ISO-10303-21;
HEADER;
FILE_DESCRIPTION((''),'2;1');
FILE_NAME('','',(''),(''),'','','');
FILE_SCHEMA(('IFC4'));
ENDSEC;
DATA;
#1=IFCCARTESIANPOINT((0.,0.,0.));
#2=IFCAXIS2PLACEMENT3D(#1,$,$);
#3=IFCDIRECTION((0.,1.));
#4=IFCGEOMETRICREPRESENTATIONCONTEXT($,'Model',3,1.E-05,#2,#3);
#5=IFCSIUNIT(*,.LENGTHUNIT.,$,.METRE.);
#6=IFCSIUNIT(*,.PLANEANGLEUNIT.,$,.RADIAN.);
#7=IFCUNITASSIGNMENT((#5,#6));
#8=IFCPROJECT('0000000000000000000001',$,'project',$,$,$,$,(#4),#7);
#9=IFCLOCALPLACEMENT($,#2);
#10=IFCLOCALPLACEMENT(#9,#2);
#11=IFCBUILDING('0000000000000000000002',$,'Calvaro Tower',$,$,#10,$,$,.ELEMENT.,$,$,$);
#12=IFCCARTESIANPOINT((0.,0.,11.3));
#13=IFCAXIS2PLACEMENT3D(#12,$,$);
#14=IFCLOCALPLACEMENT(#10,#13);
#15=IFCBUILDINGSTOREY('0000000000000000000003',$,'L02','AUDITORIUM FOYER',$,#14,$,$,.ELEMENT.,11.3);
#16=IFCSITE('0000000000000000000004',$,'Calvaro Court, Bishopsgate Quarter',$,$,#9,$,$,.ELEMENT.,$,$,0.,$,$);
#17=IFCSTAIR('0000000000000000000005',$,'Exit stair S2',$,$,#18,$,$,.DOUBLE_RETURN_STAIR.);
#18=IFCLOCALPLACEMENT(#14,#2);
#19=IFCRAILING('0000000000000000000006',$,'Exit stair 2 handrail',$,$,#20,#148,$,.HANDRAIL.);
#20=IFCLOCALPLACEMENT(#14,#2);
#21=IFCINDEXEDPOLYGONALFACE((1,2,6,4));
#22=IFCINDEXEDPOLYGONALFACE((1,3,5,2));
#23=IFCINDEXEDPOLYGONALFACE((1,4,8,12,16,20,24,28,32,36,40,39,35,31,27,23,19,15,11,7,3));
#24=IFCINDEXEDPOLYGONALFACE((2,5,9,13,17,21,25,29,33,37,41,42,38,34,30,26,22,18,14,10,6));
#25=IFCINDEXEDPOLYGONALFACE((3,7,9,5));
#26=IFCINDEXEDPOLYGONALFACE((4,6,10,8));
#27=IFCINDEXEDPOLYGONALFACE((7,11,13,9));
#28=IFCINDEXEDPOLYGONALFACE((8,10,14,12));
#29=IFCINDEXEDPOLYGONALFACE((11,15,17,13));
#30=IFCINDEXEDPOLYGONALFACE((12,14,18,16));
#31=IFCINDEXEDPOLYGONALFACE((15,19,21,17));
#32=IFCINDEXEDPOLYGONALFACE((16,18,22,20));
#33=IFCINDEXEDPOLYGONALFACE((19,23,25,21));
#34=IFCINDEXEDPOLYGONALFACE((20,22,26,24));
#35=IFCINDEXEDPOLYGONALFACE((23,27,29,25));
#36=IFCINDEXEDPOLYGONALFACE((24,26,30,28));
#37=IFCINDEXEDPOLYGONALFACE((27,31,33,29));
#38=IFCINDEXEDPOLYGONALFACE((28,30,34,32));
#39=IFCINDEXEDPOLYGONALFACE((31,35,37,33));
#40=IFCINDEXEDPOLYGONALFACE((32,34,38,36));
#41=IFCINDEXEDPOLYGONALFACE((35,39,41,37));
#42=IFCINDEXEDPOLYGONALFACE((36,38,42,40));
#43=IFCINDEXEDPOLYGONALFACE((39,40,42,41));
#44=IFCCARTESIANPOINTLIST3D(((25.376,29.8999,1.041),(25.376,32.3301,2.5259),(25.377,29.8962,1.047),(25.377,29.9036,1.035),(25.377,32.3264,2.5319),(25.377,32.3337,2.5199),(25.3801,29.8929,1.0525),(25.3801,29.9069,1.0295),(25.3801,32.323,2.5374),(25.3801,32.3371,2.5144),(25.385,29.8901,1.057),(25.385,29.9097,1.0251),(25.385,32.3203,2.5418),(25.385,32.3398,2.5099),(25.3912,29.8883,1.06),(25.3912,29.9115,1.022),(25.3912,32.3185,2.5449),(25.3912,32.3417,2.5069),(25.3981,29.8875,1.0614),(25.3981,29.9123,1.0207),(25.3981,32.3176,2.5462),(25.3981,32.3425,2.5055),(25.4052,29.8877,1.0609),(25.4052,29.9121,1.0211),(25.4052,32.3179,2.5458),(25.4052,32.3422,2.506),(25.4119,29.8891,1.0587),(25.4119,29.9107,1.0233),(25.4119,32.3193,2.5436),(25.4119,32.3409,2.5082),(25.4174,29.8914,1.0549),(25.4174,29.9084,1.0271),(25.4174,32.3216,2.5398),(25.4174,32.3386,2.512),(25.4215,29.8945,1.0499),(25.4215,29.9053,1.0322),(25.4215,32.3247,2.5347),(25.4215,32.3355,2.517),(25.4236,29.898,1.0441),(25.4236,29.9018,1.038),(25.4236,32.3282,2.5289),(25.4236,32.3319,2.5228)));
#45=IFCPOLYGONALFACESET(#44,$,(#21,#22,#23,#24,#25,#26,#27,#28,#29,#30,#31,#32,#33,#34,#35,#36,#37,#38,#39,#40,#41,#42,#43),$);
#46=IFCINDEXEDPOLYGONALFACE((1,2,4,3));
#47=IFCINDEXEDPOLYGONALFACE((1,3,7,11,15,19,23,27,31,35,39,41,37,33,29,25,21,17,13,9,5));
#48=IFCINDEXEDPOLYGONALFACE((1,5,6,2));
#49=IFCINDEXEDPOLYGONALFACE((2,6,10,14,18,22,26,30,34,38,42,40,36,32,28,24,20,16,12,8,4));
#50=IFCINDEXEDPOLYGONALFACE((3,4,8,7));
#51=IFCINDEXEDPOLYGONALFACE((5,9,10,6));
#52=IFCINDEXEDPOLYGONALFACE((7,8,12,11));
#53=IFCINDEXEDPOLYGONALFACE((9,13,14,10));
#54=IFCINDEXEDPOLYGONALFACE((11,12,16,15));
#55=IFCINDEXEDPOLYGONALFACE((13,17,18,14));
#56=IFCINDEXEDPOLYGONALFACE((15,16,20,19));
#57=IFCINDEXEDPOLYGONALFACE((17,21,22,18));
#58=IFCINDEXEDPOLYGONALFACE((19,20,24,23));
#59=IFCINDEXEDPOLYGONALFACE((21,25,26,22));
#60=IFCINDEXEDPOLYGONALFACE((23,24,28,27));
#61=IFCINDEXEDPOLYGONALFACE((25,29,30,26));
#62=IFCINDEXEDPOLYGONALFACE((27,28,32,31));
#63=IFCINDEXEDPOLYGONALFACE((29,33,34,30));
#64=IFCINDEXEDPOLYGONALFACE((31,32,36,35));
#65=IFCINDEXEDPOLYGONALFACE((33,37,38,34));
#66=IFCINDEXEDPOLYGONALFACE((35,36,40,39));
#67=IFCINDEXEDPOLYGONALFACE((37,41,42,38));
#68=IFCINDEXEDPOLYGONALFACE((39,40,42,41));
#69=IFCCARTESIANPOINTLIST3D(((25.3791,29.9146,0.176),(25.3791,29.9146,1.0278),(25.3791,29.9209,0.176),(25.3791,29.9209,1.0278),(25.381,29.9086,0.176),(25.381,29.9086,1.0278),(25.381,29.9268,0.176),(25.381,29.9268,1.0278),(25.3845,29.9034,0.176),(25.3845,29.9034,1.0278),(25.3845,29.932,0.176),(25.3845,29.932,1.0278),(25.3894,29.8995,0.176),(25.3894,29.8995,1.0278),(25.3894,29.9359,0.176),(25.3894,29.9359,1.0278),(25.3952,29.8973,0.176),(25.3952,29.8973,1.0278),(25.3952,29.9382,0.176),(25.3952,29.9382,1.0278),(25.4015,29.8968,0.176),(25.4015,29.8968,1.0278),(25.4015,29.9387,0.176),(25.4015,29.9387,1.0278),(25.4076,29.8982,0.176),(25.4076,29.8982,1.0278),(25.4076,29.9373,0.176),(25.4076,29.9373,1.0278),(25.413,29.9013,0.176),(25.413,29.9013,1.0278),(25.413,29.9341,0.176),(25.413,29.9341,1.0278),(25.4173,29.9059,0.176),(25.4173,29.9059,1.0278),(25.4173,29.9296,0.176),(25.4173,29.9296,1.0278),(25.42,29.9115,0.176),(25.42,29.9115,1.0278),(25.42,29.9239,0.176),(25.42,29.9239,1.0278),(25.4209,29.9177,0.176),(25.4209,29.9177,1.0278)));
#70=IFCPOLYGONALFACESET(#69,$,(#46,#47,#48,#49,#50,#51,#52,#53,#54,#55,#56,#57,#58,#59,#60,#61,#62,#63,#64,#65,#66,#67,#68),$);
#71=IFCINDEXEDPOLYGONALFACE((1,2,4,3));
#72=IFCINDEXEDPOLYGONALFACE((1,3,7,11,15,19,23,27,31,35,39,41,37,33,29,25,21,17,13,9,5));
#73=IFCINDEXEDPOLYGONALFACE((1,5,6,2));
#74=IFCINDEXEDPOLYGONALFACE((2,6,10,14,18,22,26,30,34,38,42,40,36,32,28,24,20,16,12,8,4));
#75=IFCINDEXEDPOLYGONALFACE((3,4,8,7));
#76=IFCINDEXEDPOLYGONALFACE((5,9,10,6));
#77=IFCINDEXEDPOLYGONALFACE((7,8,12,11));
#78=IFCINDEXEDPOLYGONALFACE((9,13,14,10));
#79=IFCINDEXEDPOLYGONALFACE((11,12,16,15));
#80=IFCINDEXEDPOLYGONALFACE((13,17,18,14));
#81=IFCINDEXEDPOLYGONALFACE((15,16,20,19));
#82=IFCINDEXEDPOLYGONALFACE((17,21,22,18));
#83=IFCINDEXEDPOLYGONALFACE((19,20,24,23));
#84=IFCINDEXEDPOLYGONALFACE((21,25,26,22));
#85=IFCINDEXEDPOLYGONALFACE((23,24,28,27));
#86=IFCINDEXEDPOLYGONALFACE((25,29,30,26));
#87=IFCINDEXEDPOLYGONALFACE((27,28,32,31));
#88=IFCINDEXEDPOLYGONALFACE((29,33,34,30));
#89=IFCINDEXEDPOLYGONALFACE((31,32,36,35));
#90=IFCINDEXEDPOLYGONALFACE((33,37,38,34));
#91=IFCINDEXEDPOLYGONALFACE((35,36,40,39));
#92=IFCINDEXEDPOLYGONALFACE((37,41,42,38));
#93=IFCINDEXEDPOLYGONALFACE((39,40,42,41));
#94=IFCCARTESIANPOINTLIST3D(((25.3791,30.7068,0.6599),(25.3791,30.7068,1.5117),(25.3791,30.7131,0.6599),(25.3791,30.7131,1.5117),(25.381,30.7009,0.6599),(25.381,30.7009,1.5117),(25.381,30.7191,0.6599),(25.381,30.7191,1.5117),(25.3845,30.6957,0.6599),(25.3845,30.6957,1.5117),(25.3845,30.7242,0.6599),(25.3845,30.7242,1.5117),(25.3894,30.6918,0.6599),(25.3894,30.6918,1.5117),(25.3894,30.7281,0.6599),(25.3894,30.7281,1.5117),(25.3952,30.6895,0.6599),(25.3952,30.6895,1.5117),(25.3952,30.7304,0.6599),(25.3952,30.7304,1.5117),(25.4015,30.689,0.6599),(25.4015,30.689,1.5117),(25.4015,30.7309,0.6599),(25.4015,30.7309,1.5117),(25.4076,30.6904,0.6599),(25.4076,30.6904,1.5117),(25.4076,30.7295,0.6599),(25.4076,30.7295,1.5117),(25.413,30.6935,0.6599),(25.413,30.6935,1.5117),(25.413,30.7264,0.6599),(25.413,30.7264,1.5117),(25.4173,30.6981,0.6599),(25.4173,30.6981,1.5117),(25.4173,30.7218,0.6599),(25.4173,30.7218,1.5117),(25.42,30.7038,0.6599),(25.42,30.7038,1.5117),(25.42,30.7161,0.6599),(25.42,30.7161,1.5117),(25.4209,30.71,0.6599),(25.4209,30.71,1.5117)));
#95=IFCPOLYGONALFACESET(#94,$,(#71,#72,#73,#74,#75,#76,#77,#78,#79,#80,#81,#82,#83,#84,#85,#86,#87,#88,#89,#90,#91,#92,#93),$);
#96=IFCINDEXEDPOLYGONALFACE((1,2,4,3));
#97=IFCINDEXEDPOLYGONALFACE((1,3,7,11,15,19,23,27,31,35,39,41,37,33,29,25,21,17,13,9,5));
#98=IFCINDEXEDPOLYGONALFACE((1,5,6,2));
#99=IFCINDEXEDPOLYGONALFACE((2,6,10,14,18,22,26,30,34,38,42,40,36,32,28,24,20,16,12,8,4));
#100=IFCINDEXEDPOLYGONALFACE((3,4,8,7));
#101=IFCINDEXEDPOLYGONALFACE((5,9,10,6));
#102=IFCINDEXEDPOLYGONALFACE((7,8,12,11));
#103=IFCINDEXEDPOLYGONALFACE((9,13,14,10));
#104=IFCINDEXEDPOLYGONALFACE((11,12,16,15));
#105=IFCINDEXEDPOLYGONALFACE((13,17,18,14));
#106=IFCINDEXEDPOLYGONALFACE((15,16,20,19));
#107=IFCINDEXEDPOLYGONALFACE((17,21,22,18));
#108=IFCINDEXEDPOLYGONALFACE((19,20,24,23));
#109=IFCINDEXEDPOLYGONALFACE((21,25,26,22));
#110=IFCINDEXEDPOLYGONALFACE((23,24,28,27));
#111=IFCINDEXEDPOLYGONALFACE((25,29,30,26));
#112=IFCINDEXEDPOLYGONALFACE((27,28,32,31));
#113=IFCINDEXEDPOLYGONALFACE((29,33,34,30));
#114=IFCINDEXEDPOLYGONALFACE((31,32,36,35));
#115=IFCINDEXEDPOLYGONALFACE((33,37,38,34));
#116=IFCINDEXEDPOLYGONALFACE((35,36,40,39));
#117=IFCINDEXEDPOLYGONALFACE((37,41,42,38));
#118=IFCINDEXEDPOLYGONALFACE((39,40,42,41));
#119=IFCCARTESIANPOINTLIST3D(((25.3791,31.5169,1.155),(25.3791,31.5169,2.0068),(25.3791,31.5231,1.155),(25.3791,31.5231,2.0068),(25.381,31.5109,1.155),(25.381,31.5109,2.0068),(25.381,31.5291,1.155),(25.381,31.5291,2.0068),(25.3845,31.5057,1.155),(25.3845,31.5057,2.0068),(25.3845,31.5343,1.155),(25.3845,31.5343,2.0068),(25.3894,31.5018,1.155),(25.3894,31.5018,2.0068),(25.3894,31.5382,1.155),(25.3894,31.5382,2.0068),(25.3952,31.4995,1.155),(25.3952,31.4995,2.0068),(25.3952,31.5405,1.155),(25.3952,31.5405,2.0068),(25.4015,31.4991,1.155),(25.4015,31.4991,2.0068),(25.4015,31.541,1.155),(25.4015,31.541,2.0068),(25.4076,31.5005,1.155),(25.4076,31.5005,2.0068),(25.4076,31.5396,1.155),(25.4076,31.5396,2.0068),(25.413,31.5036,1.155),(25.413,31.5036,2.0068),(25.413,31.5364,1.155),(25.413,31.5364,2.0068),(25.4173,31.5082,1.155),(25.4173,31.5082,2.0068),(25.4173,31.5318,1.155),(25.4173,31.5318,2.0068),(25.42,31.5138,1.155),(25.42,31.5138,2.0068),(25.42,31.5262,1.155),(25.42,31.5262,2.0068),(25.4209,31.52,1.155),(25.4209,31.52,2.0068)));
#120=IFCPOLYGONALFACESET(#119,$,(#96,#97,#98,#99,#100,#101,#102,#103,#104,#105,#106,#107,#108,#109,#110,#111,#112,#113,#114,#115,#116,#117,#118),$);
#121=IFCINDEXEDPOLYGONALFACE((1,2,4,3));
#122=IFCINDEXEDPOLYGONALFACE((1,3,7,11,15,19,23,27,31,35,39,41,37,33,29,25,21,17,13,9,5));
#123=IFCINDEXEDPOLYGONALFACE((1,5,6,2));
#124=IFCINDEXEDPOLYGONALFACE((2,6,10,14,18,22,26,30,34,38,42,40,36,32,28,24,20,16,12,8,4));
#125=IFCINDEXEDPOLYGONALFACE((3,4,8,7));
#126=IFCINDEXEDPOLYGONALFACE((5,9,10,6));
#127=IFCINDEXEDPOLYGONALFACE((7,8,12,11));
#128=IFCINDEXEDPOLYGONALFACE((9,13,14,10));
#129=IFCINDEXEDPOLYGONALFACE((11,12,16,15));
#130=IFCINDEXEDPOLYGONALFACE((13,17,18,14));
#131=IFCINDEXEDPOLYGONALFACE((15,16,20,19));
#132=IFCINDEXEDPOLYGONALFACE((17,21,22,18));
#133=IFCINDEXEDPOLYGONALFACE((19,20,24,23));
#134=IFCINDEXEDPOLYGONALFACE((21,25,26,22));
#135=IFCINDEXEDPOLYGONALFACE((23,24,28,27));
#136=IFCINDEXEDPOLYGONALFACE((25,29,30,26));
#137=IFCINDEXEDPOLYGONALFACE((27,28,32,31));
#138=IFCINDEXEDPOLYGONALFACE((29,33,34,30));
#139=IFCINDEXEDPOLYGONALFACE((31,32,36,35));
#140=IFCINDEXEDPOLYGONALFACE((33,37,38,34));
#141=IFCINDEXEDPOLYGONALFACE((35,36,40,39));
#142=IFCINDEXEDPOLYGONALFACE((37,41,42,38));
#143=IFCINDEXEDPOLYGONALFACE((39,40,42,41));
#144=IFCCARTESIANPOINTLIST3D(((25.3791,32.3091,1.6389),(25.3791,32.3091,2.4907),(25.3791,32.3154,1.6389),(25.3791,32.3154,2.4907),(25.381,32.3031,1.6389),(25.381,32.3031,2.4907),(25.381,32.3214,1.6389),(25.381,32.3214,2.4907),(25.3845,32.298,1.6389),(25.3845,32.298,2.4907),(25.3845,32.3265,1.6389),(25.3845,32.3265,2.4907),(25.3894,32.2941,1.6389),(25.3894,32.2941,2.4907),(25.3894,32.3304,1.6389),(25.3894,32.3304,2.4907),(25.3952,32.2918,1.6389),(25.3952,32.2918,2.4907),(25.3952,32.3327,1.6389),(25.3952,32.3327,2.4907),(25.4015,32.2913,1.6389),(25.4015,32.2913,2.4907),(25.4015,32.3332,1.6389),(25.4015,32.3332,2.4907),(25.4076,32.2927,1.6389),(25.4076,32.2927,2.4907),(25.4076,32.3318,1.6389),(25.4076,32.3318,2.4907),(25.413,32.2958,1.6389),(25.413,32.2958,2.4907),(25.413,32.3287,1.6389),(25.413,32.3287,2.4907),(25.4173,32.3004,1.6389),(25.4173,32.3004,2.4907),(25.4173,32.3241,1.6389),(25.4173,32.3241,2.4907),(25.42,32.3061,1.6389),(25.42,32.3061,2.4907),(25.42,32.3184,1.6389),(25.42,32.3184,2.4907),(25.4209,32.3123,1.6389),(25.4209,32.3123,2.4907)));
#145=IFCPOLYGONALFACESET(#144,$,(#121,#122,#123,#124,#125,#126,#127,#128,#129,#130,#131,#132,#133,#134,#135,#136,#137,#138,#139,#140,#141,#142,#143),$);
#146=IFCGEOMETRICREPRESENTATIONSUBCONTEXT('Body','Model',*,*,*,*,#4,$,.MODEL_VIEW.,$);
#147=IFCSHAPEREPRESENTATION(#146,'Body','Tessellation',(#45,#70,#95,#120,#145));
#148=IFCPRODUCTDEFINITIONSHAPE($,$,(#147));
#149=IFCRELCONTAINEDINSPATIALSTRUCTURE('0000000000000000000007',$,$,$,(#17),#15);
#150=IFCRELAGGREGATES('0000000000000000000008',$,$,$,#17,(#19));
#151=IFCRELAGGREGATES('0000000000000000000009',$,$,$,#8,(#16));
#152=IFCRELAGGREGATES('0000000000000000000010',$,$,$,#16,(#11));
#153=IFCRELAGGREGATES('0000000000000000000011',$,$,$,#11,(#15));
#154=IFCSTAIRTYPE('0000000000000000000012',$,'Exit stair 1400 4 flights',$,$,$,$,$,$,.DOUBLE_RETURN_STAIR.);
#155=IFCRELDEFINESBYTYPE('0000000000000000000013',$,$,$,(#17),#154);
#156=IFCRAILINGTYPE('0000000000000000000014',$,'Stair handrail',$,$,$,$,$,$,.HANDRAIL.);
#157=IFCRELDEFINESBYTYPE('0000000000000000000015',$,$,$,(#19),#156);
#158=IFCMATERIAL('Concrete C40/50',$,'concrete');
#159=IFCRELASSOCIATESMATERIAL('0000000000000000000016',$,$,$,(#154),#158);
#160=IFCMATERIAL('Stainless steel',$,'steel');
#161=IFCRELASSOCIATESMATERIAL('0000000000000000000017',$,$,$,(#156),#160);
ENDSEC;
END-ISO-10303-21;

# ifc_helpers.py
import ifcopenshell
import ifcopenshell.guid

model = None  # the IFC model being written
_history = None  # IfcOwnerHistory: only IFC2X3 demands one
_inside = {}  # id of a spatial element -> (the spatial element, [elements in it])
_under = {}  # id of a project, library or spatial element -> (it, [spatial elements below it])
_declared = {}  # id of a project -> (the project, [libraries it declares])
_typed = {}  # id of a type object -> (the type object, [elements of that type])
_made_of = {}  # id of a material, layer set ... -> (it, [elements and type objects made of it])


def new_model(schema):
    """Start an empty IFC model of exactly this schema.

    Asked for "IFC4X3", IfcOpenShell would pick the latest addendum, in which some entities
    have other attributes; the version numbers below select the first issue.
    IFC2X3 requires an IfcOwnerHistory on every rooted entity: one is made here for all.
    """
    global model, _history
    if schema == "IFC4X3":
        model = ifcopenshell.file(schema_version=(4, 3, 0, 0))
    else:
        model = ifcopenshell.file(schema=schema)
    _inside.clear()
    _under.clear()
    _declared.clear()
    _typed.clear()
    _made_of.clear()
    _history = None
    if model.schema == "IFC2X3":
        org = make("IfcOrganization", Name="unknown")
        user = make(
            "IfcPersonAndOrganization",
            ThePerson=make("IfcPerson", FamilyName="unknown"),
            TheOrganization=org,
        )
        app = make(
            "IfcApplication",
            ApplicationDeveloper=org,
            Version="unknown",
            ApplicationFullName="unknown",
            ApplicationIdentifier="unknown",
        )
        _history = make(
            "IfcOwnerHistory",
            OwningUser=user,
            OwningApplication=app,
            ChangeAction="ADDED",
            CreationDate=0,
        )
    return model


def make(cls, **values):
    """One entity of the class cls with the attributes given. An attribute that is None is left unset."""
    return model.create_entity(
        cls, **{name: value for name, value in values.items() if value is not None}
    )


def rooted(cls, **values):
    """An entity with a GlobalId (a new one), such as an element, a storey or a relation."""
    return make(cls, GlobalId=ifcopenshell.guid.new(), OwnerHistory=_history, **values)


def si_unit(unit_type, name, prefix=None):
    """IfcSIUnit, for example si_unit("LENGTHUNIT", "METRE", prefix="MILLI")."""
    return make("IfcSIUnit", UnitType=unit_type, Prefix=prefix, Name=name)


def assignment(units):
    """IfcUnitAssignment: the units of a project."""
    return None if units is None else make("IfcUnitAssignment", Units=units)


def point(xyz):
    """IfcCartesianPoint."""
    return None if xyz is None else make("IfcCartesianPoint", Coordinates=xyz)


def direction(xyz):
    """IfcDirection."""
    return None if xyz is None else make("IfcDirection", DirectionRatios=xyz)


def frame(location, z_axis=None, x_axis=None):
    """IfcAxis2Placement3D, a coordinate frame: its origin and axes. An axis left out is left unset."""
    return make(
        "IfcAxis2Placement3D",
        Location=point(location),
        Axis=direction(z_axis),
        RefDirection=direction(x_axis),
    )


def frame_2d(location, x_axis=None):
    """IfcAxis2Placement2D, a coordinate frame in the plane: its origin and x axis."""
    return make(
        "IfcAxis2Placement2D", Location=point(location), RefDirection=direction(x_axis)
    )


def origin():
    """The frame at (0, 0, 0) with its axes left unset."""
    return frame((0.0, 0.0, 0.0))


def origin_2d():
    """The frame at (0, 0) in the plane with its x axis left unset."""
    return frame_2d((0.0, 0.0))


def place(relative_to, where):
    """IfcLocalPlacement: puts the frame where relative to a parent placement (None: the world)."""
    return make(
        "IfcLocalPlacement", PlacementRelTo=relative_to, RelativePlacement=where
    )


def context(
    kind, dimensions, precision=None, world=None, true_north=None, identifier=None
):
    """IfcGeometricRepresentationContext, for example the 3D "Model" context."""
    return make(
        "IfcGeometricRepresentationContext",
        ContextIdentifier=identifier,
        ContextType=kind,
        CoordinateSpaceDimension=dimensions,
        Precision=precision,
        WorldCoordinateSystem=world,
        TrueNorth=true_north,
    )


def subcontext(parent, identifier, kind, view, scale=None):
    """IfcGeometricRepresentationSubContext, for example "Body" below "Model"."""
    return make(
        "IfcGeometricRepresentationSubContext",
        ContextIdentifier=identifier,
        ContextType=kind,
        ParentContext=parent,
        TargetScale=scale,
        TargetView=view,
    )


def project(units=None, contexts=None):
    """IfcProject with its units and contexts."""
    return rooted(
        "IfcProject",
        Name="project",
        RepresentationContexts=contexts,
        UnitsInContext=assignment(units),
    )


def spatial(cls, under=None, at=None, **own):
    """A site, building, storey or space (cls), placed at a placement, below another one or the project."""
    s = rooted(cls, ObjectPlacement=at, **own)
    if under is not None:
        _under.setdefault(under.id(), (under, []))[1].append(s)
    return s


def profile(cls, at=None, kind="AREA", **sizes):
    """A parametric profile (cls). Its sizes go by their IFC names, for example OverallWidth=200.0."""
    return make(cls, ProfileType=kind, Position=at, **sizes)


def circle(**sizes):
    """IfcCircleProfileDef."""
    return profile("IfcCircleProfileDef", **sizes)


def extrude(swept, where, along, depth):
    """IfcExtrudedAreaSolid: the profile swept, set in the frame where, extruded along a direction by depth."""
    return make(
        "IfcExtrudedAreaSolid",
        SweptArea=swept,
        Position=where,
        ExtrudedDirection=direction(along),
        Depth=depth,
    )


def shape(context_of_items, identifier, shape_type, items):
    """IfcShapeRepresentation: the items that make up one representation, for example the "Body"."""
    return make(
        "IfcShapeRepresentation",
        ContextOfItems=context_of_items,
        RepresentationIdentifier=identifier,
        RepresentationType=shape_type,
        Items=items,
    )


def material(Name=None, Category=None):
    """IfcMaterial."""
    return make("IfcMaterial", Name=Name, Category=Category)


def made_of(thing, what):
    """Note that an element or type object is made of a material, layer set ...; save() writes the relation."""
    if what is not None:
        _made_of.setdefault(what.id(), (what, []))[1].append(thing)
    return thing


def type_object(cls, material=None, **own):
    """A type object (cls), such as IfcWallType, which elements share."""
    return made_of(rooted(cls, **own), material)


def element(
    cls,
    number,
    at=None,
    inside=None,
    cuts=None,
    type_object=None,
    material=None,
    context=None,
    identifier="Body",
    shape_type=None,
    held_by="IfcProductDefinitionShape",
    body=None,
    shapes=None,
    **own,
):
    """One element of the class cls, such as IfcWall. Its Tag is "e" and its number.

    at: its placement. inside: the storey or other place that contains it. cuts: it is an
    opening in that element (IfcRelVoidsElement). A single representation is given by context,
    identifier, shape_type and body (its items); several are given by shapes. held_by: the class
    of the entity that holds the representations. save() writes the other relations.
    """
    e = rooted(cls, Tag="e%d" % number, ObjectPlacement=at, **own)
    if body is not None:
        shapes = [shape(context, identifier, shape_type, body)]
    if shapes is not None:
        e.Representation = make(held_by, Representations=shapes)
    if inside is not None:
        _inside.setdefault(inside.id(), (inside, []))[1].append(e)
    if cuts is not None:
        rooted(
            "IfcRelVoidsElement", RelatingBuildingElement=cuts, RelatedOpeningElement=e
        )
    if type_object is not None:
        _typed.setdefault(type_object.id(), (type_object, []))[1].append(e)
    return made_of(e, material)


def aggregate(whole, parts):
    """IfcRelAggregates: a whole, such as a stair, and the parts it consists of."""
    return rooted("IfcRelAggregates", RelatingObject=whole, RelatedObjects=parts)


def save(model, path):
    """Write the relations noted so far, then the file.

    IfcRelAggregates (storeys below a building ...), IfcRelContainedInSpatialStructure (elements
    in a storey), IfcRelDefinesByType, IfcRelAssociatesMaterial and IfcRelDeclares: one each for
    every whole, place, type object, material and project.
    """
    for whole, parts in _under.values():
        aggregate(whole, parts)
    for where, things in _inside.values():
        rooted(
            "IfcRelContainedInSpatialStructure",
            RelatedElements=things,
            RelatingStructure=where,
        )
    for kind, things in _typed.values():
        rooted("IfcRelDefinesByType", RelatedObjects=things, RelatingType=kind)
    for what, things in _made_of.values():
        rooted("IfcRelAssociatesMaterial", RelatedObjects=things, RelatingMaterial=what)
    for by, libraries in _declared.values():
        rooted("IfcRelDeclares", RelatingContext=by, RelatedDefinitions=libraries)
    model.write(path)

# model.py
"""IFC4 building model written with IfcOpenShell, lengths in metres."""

from ifc_helpers import new_model, si_unit, direction, frame, origin, origin_2d, place, context, subcontext, project, spatial, circle, extrude, material, type_object, element, aggregate, save


model = new_model("IFC4")

# Units and contexts
model_context = context("Model", 3, precision=1e-05, world=origin(), true_north=direction((0.0, 1.0)))
body_context = subcontext(model_context, "Body", "Model", "MODEL_VIEW")
ifc_project = project(units=[si_unit("LENGTHUNIT", "METRE"), si_unit("PLANEANGLEUNIT", "RADIAN")], contexts=[model_context])

# Site, building, storey
site_placement = place(None, origin())
site = spatial("IfcSite", under=ifc_project, at=site_placement, Name="Calvaro Court, Bishopsgate Quarter", CompositionType="ELEMENT", RefElevation=0.0)
building_placement = place(site_placement, origin())
building = spatial("IfcBuilding", under=site, at=building_placement, Name="Calvaro Tower", CompositionType="ELEMENT")
storey_placement = place(building_placement, frame((0.0, 0.0, 11.3)))
storey = spatial("IfcBuildingStorey", under=building, at=storey_placement, Name="L02", Description="AUDITORIUM FOYER", CompositionType="ELEMENT", Elevation=11.3)

# Stair, railing
ifc_material_1 = material(Name="Concrete C40/50", Category="concrete")
stair_type = type_object("IfcStairType", Name="Exit stair 1400 4 flights", PredefinedType="DOUBLE_RETURN_STAIR", material=ifc_material_1)
stair_placement = place(storey_placement, origin())
stair = element("IfcStair", 1, at=stair_placement, inside=storey, type_object=stair_type, Name="Exit stair S2", PredefinedType="DOUBLE_RETURN_STAIR")
ifc_material_2 = material(Name="Stainless steel", Category="steel")
railing_type = type_object("IfcRailingType", Name="Stair handrail", PredefinedType="HANDRAIL", material=ifc_material_2)
railing_1_placement = place(storey_placement, frame((25.3999, 29.8999, 0.165)))
railing_1 = element("IfcRailing", 2, at=railing_1_placement, type_object=railing_type, Name="Exit stair 2 handrail", PredefinedType="HANDRAIL", context=body_context, shape_type="SweptSolid", body=[
    extrude(circle(Radius=0.0239, at=origin_2d()), frame((0.0, 0.0, 0.876), z_axis=(0.0, 0.85332, 0.521388), x_axis=(-1.0, 0.0, 0.0)), (0.0, 0.0, 1.0), 2.8479),
    extrude(circle(Radius=0.021, at=origin_2d()), frame((0.0, 0.0178, 0.011)), (0.0, 0.0, 1.0), 0.8518),
    extrude(circle(Radius=0.021, at=origin_2d()), frame((0.0, 0.8101, 0.4949)), (0.0, 0.0, 1.0), 0.8518),
    extrude(circle(Radius=0.021, at=origin_2d()), frame((0.0, 1.6201, 0.99)), (0.0, 0.0, 1.0), 0.8518),
    extrude(circle(Radius=0.021, at=origin_2d()), frame((0.0, 2.4124, 1.4739)), (0.0, 0.0, 1.0), 0.8518),
])
aggregate(stair, [railing_1])

save(model, "model.ifc")
